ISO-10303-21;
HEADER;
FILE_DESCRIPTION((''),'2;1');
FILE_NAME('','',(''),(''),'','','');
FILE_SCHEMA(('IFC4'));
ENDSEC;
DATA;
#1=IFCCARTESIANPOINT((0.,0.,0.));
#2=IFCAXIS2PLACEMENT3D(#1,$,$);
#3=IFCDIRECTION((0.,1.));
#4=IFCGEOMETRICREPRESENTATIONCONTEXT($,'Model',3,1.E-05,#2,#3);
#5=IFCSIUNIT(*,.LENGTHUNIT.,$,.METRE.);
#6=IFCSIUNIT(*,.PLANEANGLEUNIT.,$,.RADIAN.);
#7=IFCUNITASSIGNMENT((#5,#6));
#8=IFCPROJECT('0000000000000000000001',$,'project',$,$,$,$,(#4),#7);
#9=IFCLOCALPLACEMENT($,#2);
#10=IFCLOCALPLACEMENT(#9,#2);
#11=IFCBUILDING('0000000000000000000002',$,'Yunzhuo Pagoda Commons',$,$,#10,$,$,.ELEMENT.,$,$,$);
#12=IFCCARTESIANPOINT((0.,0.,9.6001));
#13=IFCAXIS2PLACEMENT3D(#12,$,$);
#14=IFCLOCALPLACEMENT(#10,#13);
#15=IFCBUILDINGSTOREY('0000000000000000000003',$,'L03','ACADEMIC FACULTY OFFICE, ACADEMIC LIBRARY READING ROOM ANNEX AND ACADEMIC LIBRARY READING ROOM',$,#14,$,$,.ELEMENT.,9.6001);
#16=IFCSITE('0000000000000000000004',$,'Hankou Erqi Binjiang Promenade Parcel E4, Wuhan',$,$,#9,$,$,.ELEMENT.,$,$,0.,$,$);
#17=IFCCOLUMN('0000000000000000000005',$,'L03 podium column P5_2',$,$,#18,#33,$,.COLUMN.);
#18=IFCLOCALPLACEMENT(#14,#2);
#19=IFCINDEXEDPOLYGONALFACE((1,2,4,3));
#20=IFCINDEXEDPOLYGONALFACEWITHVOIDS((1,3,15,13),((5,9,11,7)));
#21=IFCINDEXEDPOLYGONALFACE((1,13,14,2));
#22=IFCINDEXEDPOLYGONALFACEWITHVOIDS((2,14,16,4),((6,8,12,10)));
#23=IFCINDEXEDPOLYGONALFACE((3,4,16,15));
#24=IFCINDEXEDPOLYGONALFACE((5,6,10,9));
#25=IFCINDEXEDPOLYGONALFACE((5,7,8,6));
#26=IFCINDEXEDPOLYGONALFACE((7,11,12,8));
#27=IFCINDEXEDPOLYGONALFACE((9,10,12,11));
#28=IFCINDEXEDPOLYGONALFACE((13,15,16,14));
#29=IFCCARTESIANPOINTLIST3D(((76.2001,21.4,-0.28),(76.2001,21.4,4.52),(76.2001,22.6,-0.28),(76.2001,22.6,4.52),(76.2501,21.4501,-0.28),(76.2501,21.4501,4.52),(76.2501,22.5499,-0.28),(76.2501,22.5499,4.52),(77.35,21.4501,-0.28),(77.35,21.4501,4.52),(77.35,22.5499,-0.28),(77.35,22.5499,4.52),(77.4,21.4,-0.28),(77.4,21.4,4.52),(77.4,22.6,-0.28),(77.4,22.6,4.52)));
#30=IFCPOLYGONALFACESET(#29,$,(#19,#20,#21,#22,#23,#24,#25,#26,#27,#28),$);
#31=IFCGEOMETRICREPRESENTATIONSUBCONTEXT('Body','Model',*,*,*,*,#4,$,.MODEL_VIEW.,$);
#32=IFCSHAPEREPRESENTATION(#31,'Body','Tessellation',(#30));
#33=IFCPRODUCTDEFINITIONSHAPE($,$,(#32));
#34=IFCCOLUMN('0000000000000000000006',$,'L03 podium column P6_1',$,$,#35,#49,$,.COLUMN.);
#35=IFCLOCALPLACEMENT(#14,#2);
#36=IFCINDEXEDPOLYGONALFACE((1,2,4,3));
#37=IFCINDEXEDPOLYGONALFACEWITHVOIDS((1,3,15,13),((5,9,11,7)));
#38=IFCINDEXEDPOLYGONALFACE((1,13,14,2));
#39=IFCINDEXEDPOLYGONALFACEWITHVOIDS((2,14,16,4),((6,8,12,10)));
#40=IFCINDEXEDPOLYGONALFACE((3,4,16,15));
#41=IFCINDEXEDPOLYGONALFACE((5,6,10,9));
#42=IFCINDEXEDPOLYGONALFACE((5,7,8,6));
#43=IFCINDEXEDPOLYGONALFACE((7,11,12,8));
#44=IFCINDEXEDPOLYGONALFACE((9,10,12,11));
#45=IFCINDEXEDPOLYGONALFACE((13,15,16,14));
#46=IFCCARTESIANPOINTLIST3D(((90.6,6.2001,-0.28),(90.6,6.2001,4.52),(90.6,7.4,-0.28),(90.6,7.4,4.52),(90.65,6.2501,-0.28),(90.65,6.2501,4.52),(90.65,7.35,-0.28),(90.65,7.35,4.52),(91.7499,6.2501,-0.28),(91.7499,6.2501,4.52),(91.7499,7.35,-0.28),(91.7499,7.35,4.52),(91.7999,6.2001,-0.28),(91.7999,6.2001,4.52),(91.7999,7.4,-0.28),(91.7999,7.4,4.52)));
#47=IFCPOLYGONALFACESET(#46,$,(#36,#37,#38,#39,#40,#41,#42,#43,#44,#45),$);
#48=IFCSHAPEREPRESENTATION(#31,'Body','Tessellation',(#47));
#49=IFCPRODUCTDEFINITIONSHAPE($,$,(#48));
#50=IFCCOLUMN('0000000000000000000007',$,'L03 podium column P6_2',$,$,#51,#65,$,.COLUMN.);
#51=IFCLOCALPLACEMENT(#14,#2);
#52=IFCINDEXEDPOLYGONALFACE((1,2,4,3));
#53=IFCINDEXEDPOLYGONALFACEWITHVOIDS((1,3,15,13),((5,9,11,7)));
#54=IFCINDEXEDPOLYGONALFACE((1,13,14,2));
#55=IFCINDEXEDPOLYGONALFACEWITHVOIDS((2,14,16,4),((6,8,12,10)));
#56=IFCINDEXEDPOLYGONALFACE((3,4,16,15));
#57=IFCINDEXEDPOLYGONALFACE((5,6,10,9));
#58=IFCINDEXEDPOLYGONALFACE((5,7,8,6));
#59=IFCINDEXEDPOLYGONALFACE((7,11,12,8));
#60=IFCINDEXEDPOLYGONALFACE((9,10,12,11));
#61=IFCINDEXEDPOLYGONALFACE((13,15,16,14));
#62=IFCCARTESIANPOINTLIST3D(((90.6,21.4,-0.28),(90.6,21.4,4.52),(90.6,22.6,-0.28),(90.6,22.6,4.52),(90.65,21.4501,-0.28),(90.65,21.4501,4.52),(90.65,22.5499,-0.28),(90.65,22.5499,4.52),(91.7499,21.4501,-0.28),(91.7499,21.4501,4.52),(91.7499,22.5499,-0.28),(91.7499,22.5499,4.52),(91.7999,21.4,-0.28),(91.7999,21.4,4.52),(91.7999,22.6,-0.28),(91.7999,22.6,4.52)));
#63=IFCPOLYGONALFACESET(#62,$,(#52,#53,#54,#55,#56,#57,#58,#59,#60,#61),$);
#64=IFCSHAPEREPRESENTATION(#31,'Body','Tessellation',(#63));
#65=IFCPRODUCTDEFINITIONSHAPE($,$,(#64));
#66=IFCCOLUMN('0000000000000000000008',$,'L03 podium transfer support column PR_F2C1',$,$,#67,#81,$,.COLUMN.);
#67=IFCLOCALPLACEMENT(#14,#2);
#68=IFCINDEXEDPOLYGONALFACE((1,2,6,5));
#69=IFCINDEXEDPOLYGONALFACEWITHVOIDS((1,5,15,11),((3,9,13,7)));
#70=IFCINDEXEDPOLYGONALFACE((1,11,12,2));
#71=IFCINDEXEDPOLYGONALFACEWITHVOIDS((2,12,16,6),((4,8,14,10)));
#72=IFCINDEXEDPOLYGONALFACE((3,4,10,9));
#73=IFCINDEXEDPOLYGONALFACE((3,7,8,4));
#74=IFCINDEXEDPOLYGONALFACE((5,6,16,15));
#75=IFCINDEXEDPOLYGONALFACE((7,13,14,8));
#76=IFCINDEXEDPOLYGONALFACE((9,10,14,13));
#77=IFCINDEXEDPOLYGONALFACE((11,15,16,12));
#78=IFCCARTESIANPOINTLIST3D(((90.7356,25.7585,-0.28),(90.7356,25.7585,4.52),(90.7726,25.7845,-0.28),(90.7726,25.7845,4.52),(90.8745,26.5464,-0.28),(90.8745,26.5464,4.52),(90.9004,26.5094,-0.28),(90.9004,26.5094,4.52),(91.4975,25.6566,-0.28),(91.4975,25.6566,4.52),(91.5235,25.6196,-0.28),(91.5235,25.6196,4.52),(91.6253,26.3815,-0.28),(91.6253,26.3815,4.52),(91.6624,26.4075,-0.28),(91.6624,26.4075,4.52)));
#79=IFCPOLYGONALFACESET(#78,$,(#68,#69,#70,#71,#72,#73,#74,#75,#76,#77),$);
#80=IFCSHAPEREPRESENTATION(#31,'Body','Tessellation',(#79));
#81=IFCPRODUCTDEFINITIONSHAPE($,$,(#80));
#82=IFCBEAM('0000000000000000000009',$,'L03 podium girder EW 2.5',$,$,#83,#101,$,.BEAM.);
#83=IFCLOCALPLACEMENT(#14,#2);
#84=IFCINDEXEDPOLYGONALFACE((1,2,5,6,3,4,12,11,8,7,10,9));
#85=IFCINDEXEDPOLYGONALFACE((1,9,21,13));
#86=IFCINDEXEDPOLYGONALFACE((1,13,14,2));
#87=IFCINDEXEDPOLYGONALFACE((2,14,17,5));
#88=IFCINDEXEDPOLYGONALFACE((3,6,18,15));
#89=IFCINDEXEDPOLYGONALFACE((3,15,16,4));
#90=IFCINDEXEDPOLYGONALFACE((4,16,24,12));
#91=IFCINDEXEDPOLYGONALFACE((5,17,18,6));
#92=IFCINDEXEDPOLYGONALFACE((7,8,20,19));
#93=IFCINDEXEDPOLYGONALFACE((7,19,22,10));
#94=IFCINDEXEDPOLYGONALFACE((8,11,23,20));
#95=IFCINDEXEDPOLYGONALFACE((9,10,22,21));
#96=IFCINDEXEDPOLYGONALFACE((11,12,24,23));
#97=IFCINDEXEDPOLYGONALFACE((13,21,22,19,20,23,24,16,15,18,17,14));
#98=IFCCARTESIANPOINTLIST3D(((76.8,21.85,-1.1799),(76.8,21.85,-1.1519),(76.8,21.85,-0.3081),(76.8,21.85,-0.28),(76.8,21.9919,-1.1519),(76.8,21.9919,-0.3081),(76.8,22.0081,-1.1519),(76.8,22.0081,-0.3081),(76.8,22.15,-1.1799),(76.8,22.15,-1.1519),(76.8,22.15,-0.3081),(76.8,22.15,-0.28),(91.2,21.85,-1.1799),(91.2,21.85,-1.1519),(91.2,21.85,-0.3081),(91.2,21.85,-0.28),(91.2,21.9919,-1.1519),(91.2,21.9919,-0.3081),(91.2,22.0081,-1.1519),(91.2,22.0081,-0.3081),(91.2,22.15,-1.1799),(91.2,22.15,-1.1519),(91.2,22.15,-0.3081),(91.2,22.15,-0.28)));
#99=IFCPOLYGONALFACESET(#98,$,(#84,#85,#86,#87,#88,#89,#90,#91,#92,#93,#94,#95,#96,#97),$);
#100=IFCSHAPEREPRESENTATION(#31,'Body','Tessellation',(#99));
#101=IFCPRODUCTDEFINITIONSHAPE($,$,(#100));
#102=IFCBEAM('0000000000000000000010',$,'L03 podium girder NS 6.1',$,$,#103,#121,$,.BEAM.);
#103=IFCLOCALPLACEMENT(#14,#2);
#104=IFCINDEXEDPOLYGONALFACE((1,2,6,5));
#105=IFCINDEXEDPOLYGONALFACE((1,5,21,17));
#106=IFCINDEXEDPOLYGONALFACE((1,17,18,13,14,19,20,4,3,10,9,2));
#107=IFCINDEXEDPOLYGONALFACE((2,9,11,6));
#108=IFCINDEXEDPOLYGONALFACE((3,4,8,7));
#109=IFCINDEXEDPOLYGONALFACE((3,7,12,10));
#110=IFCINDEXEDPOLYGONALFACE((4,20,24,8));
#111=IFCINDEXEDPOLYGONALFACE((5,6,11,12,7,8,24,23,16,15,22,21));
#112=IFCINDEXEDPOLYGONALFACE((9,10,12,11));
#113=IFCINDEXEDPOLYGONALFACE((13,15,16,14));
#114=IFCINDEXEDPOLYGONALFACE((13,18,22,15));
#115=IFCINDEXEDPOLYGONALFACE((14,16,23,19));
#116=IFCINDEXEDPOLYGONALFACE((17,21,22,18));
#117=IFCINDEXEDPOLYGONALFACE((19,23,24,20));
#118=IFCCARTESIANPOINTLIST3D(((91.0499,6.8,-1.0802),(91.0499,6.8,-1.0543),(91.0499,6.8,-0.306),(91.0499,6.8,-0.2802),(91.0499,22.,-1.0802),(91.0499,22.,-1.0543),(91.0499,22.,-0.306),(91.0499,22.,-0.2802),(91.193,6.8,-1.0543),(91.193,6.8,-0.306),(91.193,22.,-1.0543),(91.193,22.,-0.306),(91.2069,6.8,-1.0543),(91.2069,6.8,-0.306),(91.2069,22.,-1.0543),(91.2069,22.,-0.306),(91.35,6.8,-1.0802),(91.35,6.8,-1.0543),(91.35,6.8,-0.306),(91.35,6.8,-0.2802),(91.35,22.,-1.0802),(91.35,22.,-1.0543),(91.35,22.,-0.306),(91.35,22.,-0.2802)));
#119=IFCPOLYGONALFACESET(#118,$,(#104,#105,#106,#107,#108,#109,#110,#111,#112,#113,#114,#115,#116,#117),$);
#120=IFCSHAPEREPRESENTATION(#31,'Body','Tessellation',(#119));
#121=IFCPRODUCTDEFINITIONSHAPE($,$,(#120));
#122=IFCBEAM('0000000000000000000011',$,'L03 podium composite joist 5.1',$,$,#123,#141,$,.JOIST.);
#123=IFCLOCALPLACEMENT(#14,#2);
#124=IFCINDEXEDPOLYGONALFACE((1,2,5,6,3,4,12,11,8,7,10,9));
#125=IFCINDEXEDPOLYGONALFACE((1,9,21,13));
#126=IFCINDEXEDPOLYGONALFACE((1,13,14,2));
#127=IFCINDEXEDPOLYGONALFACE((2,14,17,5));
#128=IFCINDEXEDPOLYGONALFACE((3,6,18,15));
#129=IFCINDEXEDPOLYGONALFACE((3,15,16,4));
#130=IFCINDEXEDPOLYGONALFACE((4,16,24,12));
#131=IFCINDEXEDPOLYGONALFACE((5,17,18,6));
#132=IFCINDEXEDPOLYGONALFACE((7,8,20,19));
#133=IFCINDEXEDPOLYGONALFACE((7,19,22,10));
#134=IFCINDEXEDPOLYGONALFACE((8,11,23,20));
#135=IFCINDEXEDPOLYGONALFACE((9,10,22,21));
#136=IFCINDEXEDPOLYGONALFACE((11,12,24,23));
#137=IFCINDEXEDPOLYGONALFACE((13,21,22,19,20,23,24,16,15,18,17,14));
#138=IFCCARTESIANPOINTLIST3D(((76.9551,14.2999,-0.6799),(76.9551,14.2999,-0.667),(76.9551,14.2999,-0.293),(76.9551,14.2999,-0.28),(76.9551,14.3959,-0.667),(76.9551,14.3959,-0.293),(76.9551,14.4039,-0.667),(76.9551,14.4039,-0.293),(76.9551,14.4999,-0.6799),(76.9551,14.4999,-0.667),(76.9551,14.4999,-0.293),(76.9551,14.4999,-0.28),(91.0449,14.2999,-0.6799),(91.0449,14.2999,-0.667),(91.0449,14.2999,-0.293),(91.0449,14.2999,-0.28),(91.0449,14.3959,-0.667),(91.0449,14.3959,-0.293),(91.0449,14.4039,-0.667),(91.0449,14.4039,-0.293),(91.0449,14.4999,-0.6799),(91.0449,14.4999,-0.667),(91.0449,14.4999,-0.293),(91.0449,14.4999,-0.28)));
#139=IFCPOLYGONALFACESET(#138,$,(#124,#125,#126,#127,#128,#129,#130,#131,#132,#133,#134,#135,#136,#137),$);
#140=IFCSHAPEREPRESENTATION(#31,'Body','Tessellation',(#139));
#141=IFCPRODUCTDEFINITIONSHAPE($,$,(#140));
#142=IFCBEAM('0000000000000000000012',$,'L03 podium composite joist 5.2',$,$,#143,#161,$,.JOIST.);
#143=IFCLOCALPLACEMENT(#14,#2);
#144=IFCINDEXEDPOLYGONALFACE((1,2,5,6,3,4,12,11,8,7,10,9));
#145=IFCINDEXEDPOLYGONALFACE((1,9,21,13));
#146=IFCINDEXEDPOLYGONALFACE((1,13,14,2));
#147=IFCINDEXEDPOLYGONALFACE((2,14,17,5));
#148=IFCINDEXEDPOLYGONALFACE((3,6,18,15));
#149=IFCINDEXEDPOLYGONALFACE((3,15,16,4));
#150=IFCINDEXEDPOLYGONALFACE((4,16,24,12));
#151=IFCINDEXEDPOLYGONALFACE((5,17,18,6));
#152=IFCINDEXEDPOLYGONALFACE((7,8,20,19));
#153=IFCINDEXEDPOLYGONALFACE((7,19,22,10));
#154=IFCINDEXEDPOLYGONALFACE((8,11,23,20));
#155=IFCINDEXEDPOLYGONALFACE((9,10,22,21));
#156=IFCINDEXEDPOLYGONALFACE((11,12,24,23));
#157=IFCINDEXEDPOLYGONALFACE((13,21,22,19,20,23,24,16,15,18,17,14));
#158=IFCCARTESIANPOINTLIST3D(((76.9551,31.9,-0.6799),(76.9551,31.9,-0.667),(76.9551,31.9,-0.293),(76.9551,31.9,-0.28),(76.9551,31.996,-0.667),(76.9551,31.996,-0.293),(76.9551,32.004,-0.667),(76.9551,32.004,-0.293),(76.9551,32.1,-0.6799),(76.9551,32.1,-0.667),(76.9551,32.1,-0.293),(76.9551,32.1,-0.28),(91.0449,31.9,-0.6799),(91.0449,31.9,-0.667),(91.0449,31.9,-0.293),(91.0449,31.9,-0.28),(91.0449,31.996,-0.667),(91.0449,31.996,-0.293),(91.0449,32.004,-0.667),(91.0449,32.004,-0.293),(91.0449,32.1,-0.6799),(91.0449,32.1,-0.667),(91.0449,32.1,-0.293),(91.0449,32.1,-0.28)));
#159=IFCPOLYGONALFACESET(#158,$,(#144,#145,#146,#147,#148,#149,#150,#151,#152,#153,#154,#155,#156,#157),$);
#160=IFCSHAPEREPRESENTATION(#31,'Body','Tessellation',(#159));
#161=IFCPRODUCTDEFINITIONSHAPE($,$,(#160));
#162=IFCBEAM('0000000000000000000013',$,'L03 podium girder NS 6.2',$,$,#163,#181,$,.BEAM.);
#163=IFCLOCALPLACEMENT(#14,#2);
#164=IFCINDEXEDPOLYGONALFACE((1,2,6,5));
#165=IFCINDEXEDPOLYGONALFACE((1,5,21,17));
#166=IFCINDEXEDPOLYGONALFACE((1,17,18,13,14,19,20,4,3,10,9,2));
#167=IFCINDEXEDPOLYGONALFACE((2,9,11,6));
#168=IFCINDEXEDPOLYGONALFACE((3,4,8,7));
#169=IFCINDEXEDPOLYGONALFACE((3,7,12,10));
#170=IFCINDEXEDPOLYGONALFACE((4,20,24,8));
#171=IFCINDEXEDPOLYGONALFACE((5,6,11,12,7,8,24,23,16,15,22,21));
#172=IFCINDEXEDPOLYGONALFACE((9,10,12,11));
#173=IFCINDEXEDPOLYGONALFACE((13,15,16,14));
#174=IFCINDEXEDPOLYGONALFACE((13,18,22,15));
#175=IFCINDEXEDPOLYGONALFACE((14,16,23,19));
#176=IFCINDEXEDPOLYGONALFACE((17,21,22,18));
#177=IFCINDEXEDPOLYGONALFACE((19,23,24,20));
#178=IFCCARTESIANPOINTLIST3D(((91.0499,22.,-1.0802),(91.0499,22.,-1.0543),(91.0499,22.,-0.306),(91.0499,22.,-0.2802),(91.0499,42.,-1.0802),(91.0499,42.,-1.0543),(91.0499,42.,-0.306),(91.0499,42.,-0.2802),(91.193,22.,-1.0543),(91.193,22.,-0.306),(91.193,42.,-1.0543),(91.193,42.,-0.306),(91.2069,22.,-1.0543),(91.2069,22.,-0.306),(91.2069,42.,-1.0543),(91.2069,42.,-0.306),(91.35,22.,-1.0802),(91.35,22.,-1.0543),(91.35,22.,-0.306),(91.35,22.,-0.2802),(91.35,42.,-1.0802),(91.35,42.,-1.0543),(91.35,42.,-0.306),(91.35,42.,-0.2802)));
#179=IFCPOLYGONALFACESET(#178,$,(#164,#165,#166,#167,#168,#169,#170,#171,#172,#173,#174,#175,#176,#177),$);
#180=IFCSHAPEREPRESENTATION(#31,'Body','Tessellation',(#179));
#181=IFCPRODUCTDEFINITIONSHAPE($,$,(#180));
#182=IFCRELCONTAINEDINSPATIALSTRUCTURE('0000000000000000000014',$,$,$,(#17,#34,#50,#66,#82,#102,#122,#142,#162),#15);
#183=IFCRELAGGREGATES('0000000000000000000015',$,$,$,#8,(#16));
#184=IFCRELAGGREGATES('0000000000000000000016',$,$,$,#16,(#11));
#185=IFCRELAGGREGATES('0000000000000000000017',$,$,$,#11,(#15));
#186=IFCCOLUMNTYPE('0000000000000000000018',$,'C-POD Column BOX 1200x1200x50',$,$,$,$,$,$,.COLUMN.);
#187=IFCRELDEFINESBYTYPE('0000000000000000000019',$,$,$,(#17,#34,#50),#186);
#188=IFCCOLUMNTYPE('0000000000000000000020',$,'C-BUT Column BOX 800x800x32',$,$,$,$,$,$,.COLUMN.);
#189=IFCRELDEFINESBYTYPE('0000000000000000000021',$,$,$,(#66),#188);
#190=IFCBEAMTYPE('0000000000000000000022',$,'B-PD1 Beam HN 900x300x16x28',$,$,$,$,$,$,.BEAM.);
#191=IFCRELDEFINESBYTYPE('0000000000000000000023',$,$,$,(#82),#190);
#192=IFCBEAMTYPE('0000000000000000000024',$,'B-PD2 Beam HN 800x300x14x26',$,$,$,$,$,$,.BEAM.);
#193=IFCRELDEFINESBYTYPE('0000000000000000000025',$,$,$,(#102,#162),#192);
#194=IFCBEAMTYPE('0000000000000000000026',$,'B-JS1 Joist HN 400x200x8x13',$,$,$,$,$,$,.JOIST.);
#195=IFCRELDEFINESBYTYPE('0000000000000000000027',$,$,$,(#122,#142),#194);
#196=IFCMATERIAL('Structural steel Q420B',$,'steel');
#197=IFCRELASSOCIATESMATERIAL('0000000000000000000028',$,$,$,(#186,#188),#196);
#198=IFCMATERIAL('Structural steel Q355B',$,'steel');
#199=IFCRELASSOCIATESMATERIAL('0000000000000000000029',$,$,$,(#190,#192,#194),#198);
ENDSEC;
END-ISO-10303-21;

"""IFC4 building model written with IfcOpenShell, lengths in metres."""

from ifc_helpers import new_model, si_unit, direction, frame, origin, origin_2d, place, context, subcontext, project, spatial, hollow_rectangle, i_section, extrude, source, transform, mapped, material, material_profile, profile_set, type_object, element, save


model = new_model("IFC4")

# Units and contexts
model_context = context("Model", 3, precision=1e-05, world=origin(), true_north=direction((0.0, 1.0)))
body_context = subcontext(model_context, "Body", "Model", "MODEL_VIEW")
ifc_project = project(units=[si_unit("LENGTHUNIT", "METRE"), si_unit("PLANEANGLEUNIT", "RADIAN")], contexts=[model_context])

# Site, building, storey
site_placement = place(None, origin())
site = spatial("IfcSite", under=ifc_project, at=site_placement, Name="Hankou Erqi Binjiang Promenade Parcel E4, Wuhan", CompositionType="ELEMENT", RefElevation=0.0)
building_placement = place(site_placement, origin())
building = spatial("IfcBuilding", under=site, at=building_placement, Name="Yunzhuo Pagoda Commons", CompositionType="ELEMENT")
storey_placement = place(building_placement, frame((0.0, 0.0, 9.6001)))
storey = spatial("IfcBuildingStorey", under=building, at=storey_placement, Name="L03", Description="ACADEMIC FACULTY OFFICE, ACADEMIC LIBRARY READING ROOM ANNEX AND ACADEMIC LIBRARY READING ROOM", CompositionType="ELEMENT", Elevation=9.6001)

# Columns
ifc_material_1 = material(Name="Structural steel Q420B", Category="steel")
ifc_material_profile_1 = material_profile(ifc_material_1, hollow_rectangle(XDim=1.2, YDim=1.2, WallThickness=0.05, at=origin_2d()), Name="Structural steel Q420B")
ifc_profile_set_1 = profile_set([ifc_material_profile_1], Name="Structural steel Q420B")
column_type_1 = type_object("IfcColumnType", Name="C-POD Column BOX 1200x1200x50", PredefinedType="COLUMN", material=ifc_profile_set_1)
shared_shape_1 = source(origin(), body_context, "Body", "SweptSolid", [
    extrude(hollow_rectangle(XDim=1.2, YDim=1.2, WallThickness=0.05, at=origin_2d()), origin(), (0.0, 0.0, 1.0), 4.8),
])
for number, where, z_axis, x_axis, name in (
    (1, (76.8, 22.0, -0.28), (0.0, 0.0, 1.0), (1.0, 0.0, 0.0), "L03 podium column P5_2"),
    (2, (91.2, 6.8, -0.28), (0.0, 0.0, 1.0), (1.0, 0.0, 0.0), "L03 podium column P6_1"),
    (3, (91.2, 22.0, -0.28), (0.0, 0.0, 1.0), (1.0, 0.0, 0.0), "L03 podium column P6_2"),
):
    element("IfcColumn", number, at=place(storey_placement, frame(where, z_axis=z_axis, x_axis=x_axis)), inside=storey, type_object=column_type_1, Name=name, PredefinedType="COLUMN", context=body_context, shape_type="MappedRepresentation", body=[
        mapped(shared_shape_1, transform((0.0, 0.0, 0.0), scale=1.0)),
    ])
ifc_material_profile_2 = material_profile(ifc_material_1, hollow_rectangle(XDim=0.8, YDim=0.8, WallThickness=0.032, at=origin_2d()), Name="Structural steel Q420B")
ifc_profile_set_2 = profile_set([ifc_material_profile_2], Name="Structural steel Q420B")
column_type_2 = type_object("IfcColumnType", Name="C-BUT Column BOX 800x800x32", PredefinedType="COLUMN", material=ifc_profile_set_2)
shared_shape_2 = source(origin(), body_context, "Body", "SweptSolid", [
    extrude(hollow_rectangle(XDim=0.8, YDim=0.8, WallThickness=0.032, at=origin_2d()), origin(), (0.0, 0.0, 1.0), 4.8),
])
column_placement = place(storey_placement, frame((91.199, 26.083, -0.28), z_axis=(0.0, 0.0, 1.0), x_axis=(0.173648, 0.984808, 0.0)))
element("IfcColumn", 4, at=column_placement, inside=storey, type_object=column_type_2, Name="L03 podium transfer support column PR_F2C1", PredefinedType="COLUMN", context=body_context, shape_type="MappedRepresentation", body=[
    mapped(shared_shape_2, transform((0.0, 0.0, 0.0), scale=1.0)),
])

# Beams
ifc_material_2 = material(Name="Structural steel Q355B", Category="steel")
ifc_material_profile_3 = material_profile(ifc_material_2, i_section(OverallWidth=0.3, OverallDepth=0.8999, WebThickness=0.0161, FlangeThickness=0.0281, at=origin_2d()), Name="Structural steel Q355B")
ifc_profile_set_3 = profile_set([ifc_material_profile_3], Name="Structural steel Q355B")
beam_type_1 = type_object("IfcBeamType", Name="B-PD1 Beam HN 900x300x16x28", PredefinedType="BEAM", material=ifc_profile_set_3)
shared_shape_3 = source(origin(), body_context, "Body", "SweptSolid", [
    extrude(i_section(OverallWidth=0.3, OverallDepth=0.8999, WebThickness=0.0161, FlangeThickness=0.0281, at=origin_2d()), origin(), (0.0, 0.0, 1.0), 14.3999),
])
beam_1_placement = place(storey_placement, frame((76.8, 22.0, -0.73), z_axis=(1.0, 0.0, 0.0), x_axis=(0.0, 1.0, 0.0)))
element("IfcBeam", 5, at=beam_1_placement, inside=storey, type_object=beam_type_1, Name="L03 podium girder EW 2.5", PredefinedType="BEAM", context=body_context, shape_type="MappedRepresentation", body=[
    mapped(shared_shape_3, transform((0.0, 0.0, 0.0), scale=1.0)),
])
ifc_material_profile_4 = material_profile(ifc_material_2, i_section(OverallWidth=0.3, OverallDepth=0.8, WebThickness=0.0139, FlangeThickness=0.0259, at=origin_2d()), Name="Structural steel Q355B")
ifc_profile_set_4 = profile_set([ifc_material_profile_4], Name="Structural steel Q355B")
beam_type_2 = type_object("IfcBeamType", Name="B-PD2 Beam HN 800x300x14x26", PredefinedType="BEAM", material=ifc_profile_set_4)
shared_shape_4 = source(origin(), body_context, "Body", "SweptSolid", [
    extrude(i_section(OverallWidth=0.3, OverallDepth=0.8, WebThickness=0.0139, FlangeThickness=0.0259, at=origin_2d()), origin(), (0.0, 0.0, 1.0), 15.2),
])
beam_2_placement = place(storey_placement, frame((91.2, 6.8, -0.6802), z_axis=(0.0, 1.0, 0.0), x_axis=(-1.0, 0.0, 0.0)))
element("IfcBeam", 6, at=beam_2_placement, inside=storey, type_object=beam_type_2, Name="L03 podium girder NS 6.1", PredefinedType="BEAM", context=body_context, shape_type="MappedRepresentation", body=[
    mapped(shared_shape_4, transform((0.0, 0.0, 0.0), scale=1.0)),
])
ifc_material_profile_5 = material_profile(ifc_material_2, i_section(OverallWidth=0.2, OverallDepth=0.3999, WebThickness=0.0081, FlangeThickness=0.0129, at=origin_2d()), Name="Structural steel Q355B")
ifc_profile_set_5 = profile_set([ifc_material_profile_5], Name="Structural steel Q355B")
beam_type_3 = type_object("IfcBeamType", Name="B-JS1 Joist HN 400x200x8x13", PredefinedType="JOIST", material=ifc_profile_set_5)
shared_shape_5 = source(origin(), body_context, "Body", "SweptSolid", [
    extrude(i_section(OverallWidth=0.2, OverallDepth=0.3999, WebThickness=0.0081, FlangeThickness=0.0129, at=origin_2d()), origin(), (0.0, 0.0, 1.0), 14.0898),
])
for number, where, z_axis, x_axis, name in (
    (7, (76.9551, 14.3999, -0.48), (1.0, 0.0, 0.0), (0.0, 1.0, 0.0), "L03 podium composite joist 5.1"),
    (8, (76.9551, 32.0, -0.48), (1.0, 0.0, 0.0), (0.0, 1.0, 0.0), "L03 podium composite joist 5.2"),
):
    element("IfcBeam", number, at=place(storey_placement, frame(where, z_axis=z_axis, x_axis=x_axis)), inside=storey, type_object=beam_type_3, Name=name, PredefinedType="JOIST", context=body_context, shape_type="MappedRepresentation", body=[
        mapped(shared_shape_5, transform((0.0, 0.0, 0.0), scale=1.0)),
    ])
shared_shape_6 = source(origin(), body_context, "Body", "SweptSolid", [
    extrude(i_section(OverallWidth=0.3, OverallDepth=0.8, WebThickness=0.0139, FlangeThickness=0.0259, at=origin_2d()), origin(), (0.0, 0.0, 1.0), 20.0),
])
beam_3_placement = place(storey_placement, frame((91.2, 22.0, -0.6802), z_axis=(0.0, 1.0, 0.0), x_axis=(-1.0, 0.0, 0.0)))
element("IfcBeam", 9, at=beam_3_placement, inside=storey, type_object=beam_type_2, Name="L03 podium girder NS 6.2", PredefinedType="BEAM", context=body_context, shape_type="MappedRepresentation", body=[
    mapped(shared_shape_6, transform((0.0, 0.0, 0.0), scale=1.0)),
])

save(model, "model.ifc")
